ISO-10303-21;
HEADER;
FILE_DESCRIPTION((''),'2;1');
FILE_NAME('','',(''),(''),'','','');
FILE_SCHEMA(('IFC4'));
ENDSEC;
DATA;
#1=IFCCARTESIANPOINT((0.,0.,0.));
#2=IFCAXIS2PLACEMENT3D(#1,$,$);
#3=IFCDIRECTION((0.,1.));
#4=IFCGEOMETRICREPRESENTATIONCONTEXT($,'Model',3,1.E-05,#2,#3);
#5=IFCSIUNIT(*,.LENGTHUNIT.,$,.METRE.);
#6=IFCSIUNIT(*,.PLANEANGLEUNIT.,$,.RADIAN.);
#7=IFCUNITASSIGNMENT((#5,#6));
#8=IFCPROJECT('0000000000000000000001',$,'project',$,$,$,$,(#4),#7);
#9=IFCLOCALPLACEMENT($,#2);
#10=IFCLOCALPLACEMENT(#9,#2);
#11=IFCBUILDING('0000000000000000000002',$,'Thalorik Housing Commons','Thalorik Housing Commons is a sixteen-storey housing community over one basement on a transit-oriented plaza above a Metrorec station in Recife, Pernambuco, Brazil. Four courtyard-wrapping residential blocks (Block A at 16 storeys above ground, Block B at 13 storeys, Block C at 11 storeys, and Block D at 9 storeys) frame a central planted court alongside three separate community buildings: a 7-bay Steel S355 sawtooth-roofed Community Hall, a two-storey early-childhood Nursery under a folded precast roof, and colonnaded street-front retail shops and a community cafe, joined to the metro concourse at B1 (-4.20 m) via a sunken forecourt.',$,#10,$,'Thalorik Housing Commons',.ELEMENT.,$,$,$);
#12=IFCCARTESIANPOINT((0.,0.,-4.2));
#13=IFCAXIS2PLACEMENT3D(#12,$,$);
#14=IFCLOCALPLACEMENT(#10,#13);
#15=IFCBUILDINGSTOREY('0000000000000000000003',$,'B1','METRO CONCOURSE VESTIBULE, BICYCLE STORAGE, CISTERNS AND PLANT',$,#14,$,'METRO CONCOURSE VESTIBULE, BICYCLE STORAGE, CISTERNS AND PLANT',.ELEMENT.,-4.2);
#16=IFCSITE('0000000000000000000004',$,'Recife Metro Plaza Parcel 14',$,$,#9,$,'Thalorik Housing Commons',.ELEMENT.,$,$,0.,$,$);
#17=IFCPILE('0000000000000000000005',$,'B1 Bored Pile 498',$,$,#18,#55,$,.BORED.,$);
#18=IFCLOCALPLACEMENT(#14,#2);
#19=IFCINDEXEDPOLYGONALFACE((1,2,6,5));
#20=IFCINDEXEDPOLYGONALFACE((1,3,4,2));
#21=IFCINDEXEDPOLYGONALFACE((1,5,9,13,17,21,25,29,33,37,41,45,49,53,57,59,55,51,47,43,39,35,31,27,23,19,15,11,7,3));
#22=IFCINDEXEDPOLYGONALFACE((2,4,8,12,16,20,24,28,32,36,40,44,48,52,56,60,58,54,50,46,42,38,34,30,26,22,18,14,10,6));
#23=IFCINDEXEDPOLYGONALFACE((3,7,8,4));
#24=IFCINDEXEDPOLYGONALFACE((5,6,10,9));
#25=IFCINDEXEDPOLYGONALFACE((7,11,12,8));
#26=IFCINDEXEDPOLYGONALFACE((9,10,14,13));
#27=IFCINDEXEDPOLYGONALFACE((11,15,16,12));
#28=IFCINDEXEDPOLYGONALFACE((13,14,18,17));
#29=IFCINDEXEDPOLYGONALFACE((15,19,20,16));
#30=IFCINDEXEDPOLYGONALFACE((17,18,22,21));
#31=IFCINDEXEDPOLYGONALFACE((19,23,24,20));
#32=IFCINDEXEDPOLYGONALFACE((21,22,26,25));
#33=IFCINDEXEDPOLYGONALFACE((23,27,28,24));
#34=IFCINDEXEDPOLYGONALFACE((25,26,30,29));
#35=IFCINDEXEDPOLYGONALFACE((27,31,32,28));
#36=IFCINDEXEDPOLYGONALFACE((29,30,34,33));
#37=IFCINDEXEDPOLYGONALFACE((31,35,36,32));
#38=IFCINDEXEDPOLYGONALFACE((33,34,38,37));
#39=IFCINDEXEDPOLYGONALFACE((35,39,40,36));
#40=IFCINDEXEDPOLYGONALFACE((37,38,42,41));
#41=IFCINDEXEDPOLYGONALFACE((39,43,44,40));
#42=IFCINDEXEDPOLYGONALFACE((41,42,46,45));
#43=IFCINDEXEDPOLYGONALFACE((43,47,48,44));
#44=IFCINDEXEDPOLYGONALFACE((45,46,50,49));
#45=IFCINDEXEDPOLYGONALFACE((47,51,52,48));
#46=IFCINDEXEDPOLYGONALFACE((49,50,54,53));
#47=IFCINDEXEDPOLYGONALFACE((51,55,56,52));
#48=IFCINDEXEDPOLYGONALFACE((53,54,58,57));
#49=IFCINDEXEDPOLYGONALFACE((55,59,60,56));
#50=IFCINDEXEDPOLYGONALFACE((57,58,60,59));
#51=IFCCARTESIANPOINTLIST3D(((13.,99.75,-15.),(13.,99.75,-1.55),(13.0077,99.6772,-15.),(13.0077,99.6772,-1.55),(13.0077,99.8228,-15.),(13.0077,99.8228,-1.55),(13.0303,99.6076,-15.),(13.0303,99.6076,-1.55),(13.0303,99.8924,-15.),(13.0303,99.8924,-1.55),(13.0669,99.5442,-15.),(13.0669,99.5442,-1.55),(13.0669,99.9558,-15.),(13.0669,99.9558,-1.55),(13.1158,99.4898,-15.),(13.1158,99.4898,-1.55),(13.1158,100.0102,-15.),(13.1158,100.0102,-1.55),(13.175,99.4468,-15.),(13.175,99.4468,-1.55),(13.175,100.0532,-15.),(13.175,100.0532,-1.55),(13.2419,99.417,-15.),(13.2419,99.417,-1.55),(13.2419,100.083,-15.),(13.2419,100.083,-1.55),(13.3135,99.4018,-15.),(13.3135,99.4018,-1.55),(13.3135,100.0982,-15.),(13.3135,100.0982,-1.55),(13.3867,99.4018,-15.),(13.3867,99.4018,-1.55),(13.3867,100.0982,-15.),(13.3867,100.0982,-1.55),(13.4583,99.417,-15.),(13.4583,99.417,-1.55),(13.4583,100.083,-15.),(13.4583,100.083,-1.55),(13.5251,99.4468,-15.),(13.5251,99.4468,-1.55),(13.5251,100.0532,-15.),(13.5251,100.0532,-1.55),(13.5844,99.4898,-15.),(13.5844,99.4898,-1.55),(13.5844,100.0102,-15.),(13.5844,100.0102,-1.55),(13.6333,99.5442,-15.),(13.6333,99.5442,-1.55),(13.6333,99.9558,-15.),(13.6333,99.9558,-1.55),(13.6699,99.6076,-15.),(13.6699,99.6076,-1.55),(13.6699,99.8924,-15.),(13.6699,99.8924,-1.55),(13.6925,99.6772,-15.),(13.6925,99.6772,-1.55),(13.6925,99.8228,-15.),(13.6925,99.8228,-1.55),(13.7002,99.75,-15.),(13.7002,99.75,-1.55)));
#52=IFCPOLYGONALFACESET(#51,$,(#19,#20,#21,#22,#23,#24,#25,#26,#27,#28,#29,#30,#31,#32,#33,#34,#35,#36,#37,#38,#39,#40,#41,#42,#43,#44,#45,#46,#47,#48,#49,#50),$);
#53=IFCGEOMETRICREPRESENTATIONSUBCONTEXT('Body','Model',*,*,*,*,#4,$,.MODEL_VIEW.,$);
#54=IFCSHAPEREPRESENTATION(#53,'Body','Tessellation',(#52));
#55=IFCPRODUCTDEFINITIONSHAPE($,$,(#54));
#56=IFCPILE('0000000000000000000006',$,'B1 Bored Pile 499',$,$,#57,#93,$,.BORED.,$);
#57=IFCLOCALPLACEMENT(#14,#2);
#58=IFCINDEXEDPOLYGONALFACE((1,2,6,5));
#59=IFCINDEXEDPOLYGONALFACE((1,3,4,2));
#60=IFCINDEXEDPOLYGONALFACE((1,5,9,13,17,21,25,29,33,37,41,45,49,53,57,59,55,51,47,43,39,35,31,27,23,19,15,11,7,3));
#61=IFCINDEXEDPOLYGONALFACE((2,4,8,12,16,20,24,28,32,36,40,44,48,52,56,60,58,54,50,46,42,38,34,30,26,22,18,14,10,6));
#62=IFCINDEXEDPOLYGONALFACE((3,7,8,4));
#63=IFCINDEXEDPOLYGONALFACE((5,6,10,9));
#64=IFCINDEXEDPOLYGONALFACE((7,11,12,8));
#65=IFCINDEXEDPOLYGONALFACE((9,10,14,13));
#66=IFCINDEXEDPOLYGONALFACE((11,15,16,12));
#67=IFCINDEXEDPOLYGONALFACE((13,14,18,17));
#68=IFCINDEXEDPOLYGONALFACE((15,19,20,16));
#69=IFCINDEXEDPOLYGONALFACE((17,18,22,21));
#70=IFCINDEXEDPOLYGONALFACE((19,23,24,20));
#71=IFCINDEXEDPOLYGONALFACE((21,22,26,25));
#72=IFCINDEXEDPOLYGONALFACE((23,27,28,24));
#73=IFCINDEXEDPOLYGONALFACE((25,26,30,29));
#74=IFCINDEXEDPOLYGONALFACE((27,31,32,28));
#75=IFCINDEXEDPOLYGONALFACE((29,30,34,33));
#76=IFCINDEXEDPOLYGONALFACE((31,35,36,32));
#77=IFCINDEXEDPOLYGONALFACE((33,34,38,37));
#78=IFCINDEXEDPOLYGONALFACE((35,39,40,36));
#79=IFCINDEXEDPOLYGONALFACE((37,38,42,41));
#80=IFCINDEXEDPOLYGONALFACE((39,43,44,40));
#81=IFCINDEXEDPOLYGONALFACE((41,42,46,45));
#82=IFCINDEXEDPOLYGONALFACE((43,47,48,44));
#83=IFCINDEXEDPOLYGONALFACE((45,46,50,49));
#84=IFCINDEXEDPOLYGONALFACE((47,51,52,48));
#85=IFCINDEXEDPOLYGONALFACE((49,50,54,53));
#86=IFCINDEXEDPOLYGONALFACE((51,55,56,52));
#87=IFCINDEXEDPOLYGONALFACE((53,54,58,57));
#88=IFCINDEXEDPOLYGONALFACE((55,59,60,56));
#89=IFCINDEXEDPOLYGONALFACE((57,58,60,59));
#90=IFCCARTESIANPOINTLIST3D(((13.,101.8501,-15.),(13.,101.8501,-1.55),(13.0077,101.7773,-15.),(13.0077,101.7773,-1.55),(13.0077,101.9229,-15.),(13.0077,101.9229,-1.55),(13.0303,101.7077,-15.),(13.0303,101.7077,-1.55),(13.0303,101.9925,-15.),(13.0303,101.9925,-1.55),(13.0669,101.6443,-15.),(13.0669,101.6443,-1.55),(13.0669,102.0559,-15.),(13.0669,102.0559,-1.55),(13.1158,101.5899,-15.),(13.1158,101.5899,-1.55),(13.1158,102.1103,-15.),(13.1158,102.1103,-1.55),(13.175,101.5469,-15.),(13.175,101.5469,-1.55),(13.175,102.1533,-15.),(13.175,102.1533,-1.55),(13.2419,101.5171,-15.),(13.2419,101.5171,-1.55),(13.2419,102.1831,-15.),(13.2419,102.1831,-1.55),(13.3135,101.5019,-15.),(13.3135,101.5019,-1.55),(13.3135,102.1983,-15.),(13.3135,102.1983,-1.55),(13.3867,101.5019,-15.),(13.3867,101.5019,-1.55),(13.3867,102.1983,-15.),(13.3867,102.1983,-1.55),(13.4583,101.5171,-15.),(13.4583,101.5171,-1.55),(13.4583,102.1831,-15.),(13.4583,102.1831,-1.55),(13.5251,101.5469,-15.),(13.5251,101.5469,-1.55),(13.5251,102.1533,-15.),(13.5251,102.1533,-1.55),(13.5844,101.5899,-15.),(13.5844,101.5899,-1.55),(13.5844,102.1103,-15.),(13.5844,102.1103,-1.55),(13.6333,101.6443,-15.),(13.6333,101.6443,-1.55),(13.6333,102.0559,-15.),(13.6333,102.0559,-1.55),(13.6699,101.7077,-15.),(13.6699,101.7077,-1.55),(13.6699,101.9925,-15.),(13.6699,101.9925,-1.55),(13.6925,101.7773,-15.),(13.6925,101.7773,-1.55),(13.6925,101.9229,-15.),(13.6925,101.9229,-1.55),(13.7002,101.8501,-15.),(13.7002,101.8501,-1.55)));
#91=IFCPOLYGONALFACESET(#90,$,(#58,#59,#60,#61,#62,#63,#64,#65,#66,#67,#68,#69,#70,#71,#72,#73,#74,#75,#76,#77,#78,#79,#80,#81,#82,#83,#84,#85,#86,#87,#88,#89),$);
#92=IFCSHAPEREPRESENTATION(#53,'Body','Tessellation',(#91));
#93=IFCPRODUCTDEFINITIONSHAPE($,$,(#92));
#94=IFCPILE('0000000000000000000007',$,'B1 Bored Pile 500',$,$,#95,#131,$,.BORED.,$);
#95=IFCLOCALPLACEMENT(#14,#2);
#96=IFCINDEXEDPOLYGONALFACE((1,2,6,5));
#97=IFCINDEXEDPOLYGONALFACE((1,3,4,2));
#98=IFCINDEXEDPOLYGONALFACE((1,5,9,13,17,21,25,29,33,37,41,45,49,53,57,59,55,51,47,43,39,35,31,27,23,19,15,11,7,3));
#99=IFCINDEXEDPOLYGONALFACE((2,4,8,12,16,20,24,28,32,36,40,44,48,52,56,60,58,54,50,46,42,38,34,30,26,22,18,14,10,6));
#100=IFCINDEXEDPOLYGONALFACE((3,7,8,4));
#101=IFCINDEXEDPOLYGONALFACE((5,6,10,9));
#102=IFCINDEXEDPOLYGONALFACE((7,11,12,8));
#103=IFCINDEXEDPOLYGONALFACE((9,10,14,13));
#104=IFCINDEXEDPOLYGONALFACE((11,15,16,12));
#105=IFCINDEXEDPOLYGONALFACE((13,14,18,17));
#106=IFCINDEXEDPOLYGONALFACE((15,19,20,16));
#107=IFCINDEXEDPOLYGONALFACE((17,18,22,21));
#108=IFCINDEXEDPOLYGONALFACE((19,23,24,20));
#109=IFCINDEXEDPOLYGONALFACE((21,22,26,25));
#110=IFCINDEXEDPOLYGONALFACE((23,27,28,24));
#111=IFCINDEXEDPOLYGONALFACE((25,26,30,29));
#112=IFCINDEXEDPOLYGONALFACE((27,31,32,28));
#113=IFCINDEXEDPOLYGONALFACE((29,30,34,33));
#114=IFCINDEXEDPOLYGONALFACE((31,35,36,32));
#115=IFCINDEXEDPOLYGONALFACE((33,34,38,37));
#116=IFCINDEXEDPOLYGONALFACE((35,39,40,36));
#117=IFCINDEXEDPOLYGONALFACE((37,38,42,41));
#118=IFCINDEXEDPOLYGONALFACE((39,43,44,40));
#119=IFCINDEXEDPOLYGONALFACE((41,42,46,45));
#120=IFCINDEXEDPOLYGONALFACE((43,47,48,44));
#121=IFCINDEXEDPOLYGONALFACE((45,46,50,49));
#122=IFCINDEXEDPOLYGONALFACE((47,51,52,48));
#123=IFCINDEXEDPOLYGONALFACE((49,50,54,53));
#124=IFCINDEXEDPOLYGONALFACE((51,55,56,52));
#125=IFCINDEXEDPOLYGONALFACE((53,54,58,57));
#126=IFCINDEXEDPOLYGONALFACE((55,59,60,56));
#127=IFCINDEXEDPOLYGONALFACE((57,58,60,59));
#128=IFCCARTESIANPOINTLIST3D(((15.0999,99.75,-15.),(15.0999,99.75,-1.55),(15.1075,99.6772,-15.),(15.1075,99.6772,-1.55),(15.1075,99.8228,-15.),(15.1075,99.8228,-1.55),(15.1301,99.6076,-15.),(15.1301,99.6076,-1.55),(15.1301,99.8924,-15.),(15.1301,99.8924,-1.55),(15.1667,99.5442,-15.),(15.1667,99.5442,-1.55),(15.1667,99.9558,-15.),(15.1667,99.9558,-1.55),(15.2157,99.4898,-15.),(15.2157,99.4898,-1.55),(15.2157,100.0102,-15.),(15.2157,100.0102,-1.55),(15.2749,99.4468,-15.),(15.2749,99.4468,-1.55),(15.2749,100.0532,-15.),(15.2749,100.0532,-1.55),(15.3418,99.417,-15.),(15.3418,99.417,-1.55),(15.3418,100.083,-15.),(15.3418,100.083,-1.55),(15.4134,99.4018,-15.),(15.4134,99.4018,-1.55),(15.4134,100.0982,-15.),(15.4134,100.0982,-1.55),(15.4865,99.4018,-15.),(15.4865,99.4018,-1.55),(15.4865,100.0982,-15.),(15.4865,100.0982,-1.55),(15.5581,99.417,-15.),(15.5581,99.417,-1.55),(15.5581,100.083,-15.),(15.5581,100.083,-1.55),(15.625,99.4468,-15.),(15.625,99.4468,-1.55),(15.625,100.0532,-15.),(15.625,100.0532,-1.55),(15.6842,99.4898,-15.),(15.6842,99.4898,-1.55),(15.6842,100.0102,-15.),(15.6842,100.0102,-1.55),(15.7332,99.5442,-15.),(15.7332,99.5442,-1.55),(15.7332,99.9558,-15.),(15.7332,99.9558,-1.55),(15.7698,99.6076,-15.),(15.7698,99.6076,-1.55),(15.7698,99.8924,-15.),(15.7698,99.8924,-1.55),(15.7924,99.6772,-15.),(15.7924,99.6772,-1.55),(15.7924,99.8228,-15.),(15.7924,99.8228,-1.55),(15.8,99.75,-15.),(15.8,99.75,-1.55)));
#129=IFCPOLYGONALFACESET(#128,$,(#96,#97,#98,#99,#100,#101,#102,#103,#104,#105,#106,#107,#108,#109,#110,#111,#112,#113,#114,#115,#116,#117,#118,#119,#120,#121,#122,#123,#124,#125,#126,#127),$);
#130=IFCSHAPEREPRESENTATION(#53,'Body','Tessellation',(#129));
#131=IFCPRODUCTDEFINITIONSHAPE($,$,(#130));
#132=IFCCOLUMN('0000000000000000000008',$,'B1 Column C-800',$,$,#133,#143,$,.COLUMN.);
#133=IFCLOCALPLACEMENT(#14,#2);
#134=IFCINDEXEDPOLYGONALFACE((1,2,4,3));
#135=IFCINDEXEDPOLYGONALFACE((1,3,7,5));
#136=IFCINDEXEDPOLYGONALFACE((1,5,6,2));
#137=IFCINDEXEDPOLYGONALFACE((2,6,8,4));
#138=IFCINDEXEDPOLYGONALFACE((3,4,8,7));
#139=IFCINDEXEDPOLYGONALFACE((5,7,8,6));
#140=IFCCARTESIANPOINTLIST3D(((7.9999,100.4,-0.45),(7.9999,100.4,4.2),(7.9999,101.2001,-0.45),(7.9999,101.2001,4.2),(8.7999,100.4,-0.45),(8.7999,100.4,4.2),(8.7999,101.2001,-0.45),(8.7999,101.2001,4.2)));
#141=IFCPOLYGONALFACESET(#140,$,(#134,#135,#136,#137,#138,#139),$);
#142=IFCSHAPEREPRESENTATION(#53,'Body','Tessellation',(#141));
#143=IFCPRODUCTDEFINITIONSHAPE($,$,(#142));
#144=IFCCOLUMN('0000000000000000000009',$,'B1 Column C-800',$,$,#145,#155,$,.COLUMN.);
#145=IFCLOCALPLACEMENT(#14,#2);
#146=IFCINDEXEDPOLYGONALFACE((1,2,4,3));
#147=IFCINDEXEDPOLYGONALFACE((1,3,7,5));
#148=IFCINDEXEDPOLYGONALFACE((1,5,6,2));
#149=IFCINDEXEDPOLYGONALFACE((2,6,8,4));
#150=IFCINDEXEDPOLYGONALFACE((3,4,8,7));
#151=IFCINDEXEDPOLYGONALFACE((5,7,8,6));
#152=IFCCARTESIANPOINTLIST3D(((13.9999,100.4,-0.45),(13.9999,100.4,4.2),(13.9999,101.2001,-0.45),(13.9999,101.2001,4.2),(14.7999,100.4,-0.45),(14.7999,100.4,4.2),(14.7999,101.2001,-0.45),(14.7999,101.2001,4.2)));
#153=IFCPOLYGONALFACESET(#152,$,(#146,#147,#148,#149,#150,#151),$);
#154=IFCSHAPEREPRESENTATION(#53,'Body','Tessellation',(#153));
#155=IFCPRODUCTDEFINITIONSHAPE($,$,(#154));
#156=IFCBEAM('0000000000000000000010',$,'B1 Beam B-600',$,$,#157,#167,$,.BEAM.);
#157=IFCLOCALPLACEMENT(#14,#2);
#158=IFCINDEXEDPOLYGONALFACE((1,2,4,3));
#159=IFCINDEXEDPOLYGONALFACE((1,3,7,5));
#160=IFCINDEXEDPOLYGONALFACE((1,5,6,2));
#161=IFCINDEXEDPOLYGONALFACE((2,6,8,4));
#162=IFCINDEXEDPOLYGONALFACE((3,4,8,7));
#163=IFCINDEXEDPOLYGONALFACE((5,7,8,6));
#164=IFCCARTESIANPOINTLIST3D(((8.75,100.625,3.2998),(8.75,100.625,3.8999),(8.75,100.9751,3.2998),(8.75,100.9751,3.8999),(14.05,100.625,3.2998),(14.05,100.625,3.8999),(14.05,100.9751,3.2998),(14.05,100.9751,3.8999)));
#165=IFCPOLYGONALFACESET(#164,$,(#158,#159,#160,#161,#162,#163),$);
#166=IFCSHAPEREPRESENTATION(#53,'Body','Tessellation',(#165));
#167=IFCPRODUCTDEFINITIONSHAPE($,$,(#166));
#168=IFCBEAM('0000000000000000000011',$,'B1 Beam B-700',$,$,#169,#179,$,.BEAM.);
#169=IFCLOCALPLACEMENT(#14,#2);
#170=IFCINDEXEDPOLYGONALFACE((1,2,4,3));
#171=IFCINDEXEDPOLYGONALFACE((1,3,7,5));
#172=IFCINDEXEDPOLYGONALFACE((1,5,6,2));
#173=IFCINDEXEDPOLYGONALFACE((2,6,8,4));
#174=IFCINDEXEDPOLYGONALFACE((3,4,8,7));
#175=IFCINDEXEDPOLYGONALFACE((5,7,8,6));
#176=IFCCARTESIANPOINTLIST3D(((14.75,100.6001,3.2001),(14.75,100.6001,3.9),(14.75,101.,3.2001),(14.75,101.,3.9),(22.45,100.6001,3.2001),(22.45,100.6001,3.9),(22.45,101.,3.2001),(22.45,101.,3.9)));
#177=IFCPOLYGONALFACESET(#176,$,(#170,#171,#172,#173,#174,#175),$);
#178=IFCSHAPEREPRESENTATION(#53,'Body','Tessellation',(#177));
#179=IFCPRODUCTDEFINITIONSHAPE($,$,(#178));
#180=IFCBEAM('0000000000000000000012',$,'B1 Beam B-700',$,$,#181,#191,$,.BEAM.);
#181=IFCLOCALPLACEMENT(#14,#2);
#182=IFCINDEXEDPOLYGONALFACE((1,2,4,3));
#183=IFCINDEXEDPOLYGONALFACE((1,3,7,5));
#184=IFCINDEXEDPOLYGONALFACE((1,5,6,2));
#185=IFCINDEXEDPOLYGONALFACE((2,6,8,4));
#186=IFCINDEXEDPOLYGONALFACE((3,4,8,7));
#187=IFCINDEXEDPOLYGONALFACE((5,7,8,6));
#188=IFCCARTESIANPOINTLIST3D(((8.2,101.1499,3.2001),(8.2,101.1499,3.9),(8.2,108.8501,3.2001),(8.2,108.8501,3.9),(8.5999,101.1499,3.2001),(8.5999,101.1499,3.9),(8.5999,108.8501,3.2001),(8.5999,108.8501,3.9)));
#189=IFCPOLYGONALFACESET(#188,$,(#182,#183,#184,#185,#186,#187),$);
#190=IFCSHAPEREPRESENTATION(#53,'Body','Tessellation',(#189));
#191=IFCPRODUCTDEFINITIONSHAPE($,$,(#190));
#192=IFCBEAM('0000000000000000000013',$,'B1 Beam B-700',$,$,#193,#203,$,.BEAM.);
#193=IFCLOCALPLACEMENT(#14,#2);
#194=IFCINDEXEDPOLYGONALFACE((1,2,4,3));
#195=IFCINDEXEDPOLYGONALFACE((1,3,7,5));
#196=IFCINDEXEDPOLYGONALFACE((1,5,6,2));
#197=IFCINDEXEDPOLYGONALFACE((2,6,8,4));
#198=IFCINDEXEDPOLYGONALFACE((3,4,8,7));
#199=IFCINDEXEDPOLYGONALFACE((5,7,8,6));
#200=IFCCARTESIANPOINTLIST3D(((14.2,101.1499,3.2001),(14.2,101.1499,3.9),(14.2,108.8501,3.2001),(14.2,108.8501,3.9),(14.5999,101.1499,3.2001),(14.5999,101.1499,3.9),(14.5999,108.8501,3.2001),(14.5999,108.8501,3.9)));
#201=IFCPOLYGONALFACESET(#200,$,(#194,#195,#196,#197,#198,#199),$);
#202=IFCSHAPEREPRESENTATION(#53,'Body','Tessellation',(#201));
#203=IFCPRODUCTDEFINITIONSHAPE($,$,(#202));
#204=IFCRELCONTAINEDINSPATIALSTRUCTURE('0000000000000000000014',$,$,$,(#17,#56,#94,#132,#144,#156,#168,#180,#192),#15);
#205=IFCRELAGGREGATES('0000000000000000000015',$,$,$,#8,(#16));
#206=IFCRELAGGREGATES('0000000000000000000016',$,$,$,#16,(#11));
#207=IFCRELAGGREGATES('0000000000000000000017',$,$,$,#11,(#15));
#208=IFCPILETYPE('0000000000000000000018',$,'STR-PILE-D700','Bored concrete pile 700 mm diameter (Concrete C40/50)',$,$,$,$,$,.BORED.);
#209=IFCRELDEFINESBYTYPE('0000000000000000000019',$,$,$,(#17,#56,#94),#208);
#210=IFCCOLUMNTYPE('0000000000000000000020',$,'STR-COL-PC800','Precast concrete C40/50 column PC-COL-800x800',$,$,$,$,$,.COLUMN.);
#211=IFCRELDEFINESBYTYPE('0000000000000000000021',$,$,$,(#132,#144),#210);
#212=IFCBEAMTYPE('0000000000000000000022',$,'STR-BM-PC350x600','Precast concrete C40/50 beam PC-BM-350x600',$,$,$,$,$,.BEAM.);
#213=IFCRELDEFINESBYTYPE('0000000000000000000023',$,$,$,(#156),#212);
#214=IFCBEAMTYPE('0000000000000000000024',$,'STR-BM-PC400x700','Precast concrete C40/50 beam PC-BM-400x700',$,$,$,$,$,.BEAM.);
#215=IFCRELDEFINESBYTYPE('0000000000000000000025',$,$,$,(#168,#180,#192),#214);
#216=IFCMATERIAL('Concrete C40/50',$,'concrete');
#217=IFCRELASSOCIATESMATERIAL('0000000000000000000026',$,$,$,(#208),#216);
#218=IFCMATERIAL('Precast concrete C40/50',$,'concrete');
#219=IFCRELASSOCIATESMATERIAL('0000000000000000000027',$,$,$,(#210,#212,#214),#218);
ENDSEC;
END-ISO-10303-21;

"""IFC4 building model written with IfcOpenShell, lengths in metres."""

from ifc_helpers import new_model, si_unit, direction, frame, origin, origin_2d, place, context, subcontext, project, spatial, rectangle, circle, extrude, material, material_profile, profile_set, type_object, element, save


model = new_model("IFC4")

# Units and contexts
model_context = context("Model", 3, precision=1e-05, world=origin(), true_north=direction((0.0, 1.0)))
body_context = subcontext(model_context, "Body", "Model", "MODEL_VIEW")
ifc_project = project(units=[si_unit("LENGTHUNIT", "METRE"), si_unit("PLANEANGLEUNIT", "RADIAN")], contexts=[model_context])

# Site, building, storey
site_placement = place(None, origin())
site = spatial("IfcSite", under=ifc_project, at=site_placement, Name="Recife Metro Plaza Parcel 14", LongName="Thalorik Housing Commons", CompositionType="ELEMENT", RefElevation=0.0)
building_placement = place(site_placement, origin())
building = spatial("IfcBuilding", under=site, at=building_placement, Name="Thalorik Housing Commons", Description="Thalorik Housing Commons is a sixteen-storey housing community over one basement on a transit-oriented plaza above a Metrorec station in Recife, Pernambuco, Brazil. Four courtyard-wrapping residential blocks (Block A at 16 storeys above ground, Block B at 13 storeys, Block C at 11 storeys, and Block D at 9 storeys) frame a central planted court alongside three separate community buildings: a 7-bay Steel S355 sawtooth-roofed Community Hall, a two-storey early-childhood Nursery under a folded precast roof, and colonnaded street-front retail shops and a community cafe, joined to the metro concourse at B1 (-4.20 m) via a sunken forecourt.", LongName="Thalorik Housing Commons", CompositionType="ELEMENT")
storey_placement = place(building_placement, frame((0.0, 0.0, -4.2)))
storey = spatial("IfcBuildingStorey", under=building, at=storey_placement, Name="B1", Description="METRO CONCOURSE VESTIBULE, BICYCLE STORAGE, CISTERNS AND PLANT", LongName="METRO CONCOURSE VESTIBULE, BICYCLE STORAGE, CISTERNS AND PLANT", CompositionType="ELEMENT", Elevation=-4.2)

# Shared definitions
ifc_material_1 = material(Name="Concrete C40/50", Category="concrete")

# Piles
ifc_material_profile_1 = material_profile(ifc_material_1, circle(Radius=0.3501, at=origin_2d()), Name="BORED PILE D700", Category="concrete")
ifc_profile_set_1 = profile_set([ifc_material_profile_1], Name="Concrete C40/50")
pile_type = type_object("IfcPileType", Name="STR-PILE-D700", Description="Bored concrete pile 700 mm diameter (Concrete C40/50)", PredefinedType="BORED", material=ifc_profile_set_1)
for number, where, z_axis, x_axis, name in (
    (1, (13.3501, 99.75, -1.55), (0.0, 0.0, -1.0), (1.0, 0.0, 0.0), "B1 Bored Pile 498"),
    (2, (13.3501, 101.8501, -1.55), (0.0, 0.0, -1.0), (1.0, 0.0, 0.0), "B1 Bored Pile 499"),
    (3, (15.45, 99.75, -1.55), (0.0, 0.0, -1.0), (1.0, 0.0, 0.0), "B1 Bored Pile 500"),
):
    element("IfcPile", number, at=place(storey_placement, frame(where, z_axis=z_axis, x_axis=x_axis)), inside=storey, type_object=pile_type, Name=name, PredefinedType="BORED", context=body_context, shape_type="SweptSolid", body=[
        extrude(circle(Radius=0.3501, at=origin_2d()), origin(), (0.0, 0.0, 1.0), 13.45),
    ])

# Columns
ifc_material_2 = material(Name="Precast concrete C40/50", Category="concrete")
ifc_material_profile_2 = material_profile(ifc_material_2, rectangle(XDim=0.8, YDim=0.8, at=origin_2d()), Name="PC 800x800", Category="concrete")
ifc_profile_set_2 = profile_set([ifc_material_profile_2], Name="Precast concrete C40/50")
column_type = type_object("IfcColumnType", Name="STR-COL-PC800", Description="Precast concrete C40/50 column PC-COL-800x800", PredefinedType="COLUMN", material=ifc_profile_set_2)
for number, where, z_axis, x_axis, name in (
    (4, (8.3999, 100.8, -0.45), (0.0, 0.0, 1.0), (1.0, 0.0, 0.0), "B1 Column C-800"),
    (5, (14.3999, 100.8, -0.45), (0.0, 0.0, 1.0), (1.0, 0.0, 0.0), "B1 Column C-800"),
):
    element("IfcColumn", number, at=place(storey_placement, frame(where, z_axis=z_axis, x_axis=x_axis)), inside=storey, type_object=column_type, Name=name, PredefinedType="COLUMN", context=body_context, shape_type="SweptSolid", body=[
        extrude(rectangle(XDim=0.8, YDim=0.8, at=origin_2d()), origin(), (0.0, 0.0, 1.0), 4.6499),
    ])

# Beams
ifc_material_profile_3 = material_profile(ifc_material_2, rectangle(XDim=0.3501, YDim=0.6001, at=origin_2d()), Name="PC 350x600", Category="concrete")
ifc_profile_set_3 = profile_set([ifc_material_profile_3], Name="Precast concrete C40/50")
beam_type_1 = type_object("IfcBeamType", Name="STR-BM-PC350x600", Description="Precast concrete C40/50 beam PC-BM-350x600", PredefinedType="BEAM", material=ifc_profile_set_3)
beam_1_placement = place(storey_placement, frame((8.75, 100.8, 3.5999), z_axis=(1.0, 0.0, 0.0), x_axis=(0.0, 1.0, 0.0)))
element("IfcBeam", 6, at=beam_1_placement, inside=storey, type_object=beam_type_1, Name="B1 Beam B-600", PredefinedType="BEAM", context=body_context, shape_type="SweptSolid", body=[
    extrude(rectangle(XDim=0.3501, YDim=0.6001, at=origin_2d()), origin(), (0.0, 0.0, 1.0), 5.3),
])
ifc_material_profile_4 = material_profile(ifc_material_2, rectangle(XDim=0.3999, YDim=0.7, at=origin_2d()), Name="PC 400x700", Category="concrete")
ifc_profile_set_4 = profile_set([ifc_material_profile_4], Name="Precast concrete C40/50")
beam_type_2 = type_object("IfcBeamType", Name="STR-BM-PC400x700", Description="Precast concrete C40/50 beam PC-BM-400x700", PredefinedType="BEAM", material=ifc_profile_set_4)
beam_2_placement = place(storey_placement, frame((14.75, 100.8, 3.55), z_axis=(1.0, 0.0, 0.0), x_axis=(0.0, 1.0, 0.0)))
element("IfcBeam", 7, at=beam_2_placement, inside=storey, type_object=beam_type_2, Name="B1 Beam B-700", PredefinedType="BEAM", context=body_context, shape_type="SweptSolid", body=[
    extrude(rectangle(XDim=0.3999, YDim=0.7, at=origin_2d()), origin(), (0.0, 0.0, 1.0), 7.7),
])
for number, where, z_axis, x_axis, name in (
    (8, (8.3999, 101.1499, 3.55), (0.0, 1.0, 0.0), (-1.0, 0.0, 0.0), "B1 Beam B-700"),
    (9, (14.3999, 101.1499, 3.55), (0.0, 1.0, 0.0), (-1.0, 0.0, 0.0), "B1 Beam B-700"),
):
    element("IfcBeam", number, at=place(storey_placement, frame(where, z_axis=z_axis, x_axis=x_axis)), inside=storey, type_object=beam_type_2, Name=name, PredefinedType="BEAM", context=body_context, shape_type="SweptSolid", body=[
        extrude(rectangle(XDim=0.3999, YDim=0.7, at=origin_2d()), origin(), (0.0, 0.0, 1.0), 7.7002),
    ])

save(model, "model.ifc")
